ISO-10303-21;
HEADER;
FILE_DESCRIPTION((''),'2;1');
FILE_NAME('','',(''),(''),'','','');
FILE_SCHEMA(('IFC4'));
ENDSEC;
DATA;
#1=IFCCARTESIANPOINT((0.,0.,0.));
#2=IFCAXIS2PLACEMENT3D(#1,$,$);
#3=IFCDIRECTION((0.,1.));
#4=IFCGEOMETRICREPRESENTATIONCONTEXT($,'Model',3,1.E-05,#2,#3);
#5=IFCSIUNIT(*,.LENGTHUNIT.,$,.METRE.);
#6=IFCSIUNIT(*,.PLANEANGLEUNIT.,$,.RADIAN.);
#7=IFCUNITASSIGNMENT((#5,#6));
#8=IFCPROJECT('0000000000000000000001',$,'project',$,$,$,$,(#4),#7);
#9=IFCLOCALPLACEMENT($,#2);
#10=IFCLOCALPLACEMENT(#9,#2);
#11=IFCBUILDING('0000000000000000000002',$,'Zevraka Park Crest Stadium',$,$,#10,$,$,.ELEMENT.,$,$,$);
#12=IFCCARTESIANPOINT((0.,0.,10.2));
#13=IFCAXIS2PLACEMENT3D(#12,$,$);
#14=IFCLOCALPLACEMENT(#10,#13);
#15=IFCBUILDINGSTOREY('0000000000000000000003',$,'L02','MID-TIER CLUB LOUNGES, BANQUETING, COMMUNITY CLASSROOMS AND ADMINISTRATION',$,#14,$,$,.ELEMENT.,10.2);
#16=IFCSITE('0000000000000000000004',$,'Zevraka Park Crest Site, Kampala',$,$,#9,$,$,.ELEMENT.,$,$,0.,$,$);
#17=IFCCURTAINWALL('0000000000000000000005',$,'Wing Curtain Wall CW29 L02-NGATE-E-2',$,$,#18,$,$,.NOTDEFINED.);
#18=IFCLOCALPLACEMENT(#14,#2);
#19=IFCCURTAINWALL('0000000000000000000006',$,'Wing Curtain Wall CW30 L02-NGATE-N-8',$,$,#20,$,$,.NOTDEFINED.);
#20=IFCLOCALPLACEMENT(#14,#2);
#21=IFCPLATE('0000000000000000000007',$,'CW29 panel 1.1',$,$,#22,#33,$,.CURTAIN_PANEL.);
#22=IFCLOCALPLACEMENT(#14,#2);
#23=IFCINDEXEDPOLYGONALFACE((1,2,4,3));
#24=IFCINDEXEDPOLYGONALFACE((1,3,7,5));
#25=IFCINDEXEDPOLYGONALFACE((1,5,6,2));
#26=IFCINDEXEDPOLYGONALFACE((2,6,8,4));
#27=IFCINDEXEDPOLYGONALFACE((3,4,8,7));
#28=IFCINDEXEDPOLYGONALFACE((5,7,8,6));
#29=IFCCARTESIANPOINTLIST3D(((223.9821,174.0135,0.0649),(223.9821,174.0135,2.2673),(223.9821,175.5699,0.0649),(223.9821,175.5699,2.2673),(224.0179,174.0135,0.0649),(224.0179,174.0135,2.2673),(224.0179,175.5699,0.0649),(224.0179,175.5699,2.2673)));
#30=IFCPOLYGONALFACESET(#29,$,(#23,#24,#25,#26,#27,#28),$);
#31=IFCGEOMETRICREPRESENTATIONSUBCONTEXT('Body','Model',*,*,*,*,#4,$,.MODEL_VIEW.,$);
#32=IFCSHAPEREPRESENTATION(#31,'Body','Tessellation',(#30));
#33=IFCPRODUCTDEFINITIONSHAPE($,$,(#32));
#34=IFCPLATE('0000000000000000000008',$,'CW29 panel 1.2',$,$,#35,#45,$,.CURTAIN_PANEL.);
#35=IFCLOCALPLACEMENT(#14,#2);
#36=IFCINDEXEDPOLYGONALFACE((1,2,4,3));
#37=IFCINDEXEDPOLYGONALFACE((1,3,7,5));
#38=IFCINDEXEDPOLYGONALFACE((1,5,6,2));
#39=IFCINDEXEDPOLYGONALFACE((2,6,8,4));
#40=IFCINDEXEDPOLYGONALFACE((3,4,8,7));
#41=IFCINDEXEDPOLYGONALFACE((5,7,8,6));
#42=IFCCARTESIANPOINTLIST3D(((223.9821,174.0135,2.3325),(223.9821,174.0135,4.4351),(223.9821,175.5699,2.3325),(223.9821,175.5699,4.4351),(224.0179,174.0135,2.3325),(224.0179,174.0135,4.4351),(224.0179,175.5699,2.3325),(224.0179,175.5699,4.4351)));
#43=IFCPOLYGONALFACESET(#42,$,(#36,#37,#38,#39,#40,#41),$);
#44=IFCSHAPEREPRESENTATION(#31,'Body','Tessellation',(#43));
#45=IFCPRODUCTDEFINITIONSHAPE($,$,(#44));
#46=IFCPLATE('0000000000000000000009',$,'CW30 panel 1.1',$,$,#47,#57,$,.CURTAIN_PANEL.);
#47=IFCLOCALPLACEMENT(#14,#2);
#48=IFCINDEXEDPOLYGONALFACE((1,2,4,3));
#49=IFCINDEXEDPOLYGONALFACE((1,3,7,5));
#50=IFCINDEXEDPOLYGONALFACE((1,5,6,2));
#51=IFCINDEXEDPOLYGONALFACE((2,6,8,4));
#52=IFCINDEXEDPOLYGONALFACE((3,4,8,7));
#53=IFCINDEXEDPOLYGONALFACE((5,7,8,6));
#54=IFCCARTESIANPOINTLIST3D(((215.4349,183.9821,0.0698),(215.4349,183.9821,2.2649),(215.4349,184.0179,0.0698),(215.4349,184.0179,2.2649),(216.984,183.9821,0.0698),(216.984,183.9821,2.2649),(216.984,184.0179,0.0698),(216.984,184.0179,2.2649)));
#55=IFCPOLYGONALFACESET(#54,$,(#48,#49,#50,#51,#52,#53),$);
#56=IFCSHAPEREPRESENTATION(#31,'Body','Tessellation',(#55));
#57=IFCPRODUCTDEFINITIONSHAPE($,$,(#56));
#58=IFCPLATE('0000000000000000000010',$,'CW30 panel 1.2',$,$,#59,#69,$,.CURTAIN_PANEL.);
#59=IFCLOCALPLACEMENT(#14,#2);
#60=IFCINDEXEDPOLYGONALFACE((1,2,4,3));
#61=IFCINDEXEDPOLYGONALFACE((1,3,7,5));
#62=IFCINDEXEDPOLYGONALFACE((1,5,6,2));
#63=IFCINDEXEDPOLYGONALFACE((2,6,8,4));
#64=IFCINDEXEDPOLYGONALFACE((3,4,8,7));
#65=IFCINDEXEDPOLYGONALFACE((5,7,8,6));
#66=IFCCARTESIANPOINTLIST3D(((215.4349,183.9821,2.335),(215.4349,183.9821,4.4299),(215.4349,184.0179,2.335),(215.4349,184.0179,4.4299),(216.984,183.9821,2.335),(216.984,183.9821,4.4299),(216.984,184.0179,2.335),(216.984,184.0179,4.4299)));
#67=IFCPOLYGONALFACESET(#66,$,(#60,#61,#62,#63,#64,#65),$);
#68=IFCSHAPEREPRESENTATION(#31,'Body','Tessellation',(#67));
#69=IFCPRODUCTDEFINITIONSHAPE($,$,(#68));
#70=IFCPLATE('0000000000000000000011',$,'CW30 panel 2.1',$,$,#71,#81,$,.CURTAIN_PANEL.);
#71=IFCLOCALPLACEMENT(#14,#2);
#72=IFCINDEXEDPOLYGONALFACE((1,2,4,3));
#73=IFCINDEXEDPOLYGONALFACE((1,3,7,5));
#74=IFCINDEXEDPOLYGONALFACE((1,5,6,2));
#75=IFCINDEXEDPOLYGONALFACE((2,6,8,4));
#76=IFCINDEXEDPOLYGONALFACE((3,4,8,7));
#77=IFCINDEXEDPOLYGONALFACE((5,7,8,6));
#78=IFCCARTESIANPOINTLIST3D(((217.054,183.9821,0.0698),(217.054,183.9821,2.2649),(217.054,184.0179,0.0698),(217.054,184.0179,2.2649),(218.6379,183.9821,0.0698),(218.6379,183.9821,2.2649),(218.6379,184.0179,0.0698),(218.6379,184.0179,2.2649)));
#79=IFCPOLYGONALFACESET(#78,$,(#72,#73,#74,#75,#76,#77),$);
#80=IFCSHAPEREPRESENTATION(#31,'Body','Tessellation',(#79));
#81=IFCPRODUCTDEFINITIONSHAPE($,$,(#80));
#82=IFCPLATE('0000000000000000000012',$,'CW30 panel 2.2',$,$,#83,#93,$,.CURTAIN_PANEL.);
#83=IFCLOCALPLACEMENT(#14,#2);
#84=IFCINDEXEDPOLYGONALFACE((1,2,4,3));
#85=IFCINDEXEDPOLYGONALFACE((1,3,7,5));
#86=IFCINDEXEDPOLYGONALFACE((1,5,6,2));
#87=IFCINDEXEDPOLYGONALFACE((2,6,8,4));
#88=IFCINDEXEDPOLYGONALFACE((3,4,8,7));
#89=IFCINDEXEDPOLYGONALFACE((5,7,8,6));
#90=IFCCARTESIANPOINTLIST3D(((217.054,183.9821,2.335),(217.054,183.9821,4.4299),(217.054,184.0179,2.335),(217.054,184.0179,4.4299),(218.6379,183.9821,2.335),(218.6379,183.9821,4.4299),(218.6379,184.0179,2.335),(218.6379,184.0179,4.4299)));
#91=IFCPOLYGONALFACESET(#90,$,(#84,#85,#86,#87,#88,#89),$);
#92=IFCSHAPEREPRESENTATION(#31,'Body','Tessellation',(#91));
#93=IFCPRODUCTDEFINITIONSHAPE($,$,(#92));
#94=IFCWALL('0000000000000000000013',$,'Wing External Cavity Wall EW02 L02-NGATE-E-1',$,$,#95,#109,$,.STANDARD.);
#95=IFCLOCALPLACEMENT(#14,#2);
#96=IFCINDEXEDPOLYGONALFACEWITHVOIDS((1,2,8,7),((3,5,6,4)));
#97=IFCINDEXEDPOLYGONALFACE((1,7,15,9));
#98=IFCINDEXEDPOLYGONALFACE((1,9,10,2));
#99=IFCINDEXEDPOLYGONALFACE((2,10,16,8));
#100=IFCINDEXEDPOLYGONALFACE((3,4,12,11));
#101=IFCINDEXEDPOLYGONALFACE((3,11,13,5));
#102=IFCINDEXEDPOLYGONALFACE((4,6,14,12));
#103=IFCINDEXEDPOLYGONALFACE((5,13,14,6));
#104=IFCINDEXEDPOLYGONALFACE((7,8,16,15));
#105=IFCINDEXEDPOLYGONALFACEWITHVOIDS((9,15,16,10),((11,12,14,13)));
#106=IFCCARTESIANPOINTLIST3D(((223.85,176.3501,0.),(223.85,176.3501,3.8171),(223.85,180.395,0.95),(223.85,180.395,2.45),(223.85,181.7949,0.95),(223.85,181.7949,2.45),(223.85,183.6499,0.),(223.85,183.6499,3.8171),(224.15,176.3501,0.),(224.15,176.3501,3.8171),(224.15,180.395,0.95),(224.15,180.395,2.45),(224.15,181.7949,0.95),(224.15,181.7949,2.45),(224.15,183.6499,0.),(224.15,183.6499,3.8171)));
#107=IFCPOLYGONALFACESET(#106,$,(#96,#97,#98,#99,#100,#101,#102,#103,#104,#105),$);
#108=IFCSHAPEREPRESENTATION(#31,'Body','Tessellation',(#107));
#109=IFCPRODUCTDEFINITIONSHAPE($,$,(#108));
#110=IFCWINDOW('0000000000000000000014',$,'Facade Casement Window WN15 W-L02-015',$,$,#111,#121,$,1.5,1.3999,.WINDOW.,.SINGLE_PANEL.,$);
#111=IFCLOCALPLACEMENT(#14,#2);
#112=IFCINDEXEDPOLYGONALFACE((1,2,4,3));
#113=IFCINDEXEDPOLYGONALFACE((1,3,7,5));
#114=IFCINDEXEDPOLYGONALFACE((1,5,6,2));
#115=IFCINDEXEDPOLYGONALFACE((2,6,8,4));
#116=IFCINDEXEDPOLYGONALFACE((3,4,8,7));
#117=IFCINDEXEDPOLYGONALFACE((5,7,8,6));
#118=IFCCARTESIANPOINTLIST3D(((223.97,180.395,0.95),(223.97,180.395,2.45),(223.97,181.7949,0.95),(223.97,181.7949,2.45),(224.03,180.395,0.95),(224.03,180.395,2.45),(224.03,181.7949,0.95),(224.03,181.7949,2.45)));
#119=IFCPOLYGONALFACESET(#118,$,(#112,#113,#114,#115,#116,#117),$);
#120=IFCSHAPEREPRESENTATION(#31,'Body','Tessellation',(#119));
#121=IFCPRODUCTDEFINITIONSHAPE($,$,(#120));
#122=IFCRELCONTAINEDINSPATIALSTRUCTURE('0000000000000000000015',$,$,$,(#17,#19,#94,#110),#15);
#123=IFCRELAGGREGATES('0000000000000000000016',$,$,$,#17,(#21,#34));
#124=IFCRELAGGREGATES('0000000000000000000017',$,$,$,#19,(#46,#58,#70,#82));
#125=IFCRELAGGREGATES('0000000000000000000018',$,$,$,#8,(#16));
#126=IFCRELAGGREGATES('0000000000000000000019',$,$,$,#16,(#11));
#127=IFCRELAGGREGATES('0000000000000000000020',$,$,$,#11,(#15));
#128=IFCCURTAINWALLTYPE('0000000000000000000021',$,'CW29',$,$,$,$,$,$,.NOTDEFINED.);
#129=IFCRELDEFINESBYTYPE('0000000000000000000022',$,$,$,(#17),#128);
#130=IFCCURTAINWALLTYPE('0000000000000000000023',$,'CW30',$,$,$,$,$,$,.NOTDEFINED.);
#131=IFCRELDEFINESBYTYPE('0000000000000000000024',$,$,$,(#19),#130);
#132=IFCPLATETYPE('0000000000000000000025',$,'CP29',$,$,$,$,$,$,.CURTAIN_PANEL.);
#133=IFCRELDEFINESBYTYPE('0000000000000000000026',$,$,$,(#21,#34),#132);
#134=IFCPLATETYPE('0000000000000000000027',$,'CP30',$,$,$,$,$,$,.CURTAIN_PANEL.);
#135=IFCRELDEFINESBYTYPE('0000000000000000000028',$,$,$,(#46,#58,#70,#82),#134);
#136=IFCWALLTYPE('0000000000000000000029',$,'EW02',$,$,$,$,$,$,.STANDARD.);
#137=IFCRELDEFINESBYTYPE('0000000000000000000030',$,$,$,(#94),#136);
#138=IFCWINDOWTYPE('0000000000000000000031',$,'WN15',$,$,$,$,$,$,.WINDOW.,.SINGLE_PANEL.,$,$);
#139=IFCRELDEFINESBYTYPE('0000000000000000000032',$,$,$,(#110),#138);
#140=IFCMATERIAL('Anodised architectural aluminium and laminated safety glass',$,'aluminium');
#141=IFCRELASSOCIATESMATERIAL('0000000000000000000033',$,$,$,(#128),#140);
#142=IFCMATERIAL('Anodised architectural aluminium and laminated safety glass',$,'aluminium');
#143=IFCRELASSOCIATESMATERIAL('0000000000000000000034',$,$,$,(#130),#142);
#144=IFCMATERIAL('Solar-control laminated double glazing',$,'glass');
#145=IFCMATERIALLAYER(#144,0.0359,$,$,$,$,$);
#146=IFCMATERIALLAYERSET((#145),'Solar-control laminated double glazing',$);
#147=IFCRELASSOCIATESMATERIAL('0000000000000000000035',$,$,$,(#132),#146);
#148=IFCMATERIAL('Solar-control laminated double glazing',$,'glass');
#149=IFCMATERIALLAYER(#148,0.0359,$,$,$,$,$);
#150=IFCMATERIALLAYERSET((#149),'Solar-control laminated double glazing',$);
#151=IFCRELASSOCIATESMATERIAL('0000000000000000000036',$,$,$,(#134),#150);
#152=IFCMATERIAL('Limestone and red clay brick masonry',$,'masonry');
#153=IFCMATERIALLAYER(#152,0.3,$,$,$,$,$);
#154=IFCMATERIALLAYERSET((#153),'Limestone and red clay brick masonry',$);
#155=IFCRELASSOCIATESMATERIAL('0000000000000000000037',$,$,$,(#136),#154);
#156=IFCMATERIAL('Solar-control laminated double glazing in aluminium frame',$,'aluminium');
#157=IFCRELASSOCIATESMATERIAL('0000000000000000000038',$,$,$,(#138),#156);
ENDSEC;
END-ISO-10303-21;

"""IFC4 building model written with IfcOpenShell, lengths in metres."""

from ifc_helpers import new_model, si_unit, direction, frame, frame_2d, origin, origin_2d, place, context, subcontext, project, spatial, rectangle, extrude, material, layer, layer_set, type_object, element, fill, aggregate, save


model = new_model("IFC4")

# Units and contexts
model_context = context("Model", 3, precision=1e-05, world=origin(), true_north=direction((0.0, 1.0)))
body_context = subcontext(model_context, "Body", "Model", "MODEL_VIEW")
ifc_project = project(units=[si_unit("LENGTHUNIT", "METRE"), si_unit("PLANEANGLEUNIT", "RADIAN")], contexts=[model_context])

# Site, building, storey
site_placement = place(None, origin())
site = spatial("IfcSite", under=ifc_project, at=site_placement, Name="Zevraka Park Crest Site, Kampala", CompositionType="ELEMENT", RefElevation=0.0)
building_placement = place(site_placement, origin())
building = spatial("IfcBuilding", under=site, at=building_placement, Name="Zevraka Park Crest Stadium", CompositionType="ELEMENT")
storey_placement = place(building_placement, frame((0.0, 0.0, 10.2)))
storey = spatial("IfcBuildingStorey", under=building, at=storey_placement, Name="L02", Description="MID-TIER CLUB LOUNGES, BANQUETING, COMMUNITY CLASSROOMS AND ADMINISTRATION", CompositionType="ELEMENT", Elevation=10.2)

# Curtain wall
ifc_material_1 = material(Name="Anodised architectural aluminium and laminated safety glass", Category="aluminium")
curtain_wall_type_1 = type_object("IfcCurtainWallType", Name="CW29", PredefinedType="NOTDEFINED", material=ifc_material_1)
curtain_wall_1_placement = place(storey_placement, origin())
curtain_wall_1 = element("IfcCurtainWall", 1, at=curtain_wall_1_placement, inside=storey, type_object=curtain_wall_type_1, Name="Wing Curtain Wall CW29 L02-NGATE-E-2", PredefinedType="NOTDEFINED")

# Curtain wall
ifc_material_2 = material(Name="Anodised architectural aluminium and laminated safety glass", Category="aluminium")
curtain_wall_type_2 = type_object("IfcCurtainWallType", Name="CW30", PredefinedType="NOTDEFINED", material=ifc_material_2)
curtain_wall_2_placement = place(storey_placement, origin())
curtain_wall_2 = element("IfcCurtainWall", 2, at=curtain_wall_2_placement, inside=storey, type_object=curtain_wall_type_2, Name="Wing Curtain Wall CW30 L02-NGATE-N-8", PredefinedType="NOTDEFINED")

# Plates
ifc_material_3 = material(Name="Solar-control laminated double glazing", Category="glass")
ifc_layer_1 = layer(ifc_material_3, 0.0359)
ifc_layer_set_1 = layer_set([ifc_layer_1], Name="Solar-control laminated double glazing")
plate_type_1 = type_object("IfcPlateType", Name="CP29", PredefinedType="CURTAIN_PANEL", material=ifc_layer_set_1)
plate_1_placement = place(storey_placement, frame((224.0, 174.7917, 0.0649), z_axis=(0.0, 0.0, 1.0), x_axis=(0.0, -1.0, 0.0)))
plate_1 = element("IfcPlate", 3, at=plate_1_placement, type_object=plate_type_1, Name="CW29 panel 1.1", PredefinedType="CURTAIN_PANEL", context=body_context, shape_type="SweptSolid", body=[
    extrude(rectangle(XDim=1.5564, YDim=0.0359, at=origin_2d()), origin(), (0.0, 0.0, 1.0), 2.2024),
])
plate_2_placement = place(storey_placement, frame((224.0, 174.7917, 2.3325), z_axis=(0.0, 0.0, 1.0), x_axis=(0.0, -1.0, 0.0)))
plate_2 = element("IfcPlate", 4, at=plate_2_placement, type_object=plate_type_1, Name="CW29 panel 1.2", PredefinedType="CURTAIN_PANEL", context=body_context, shape_type="SweptSolid", body=[
    extrude(rectangle(XDim=1.5564, YDim=0.0359, at=origin_2d()), origin(), (0.0, 0.0, 1.0), 2.1025),
])
aggregate(curtain_wall_1, [plate_1, plate_2])
ifc_material_4 = material(Name="Solar-control laminated double glazing", Category="glass")
ifc_layer_2 = layer(ifc_material_4, 0.0359)
ifc_layer_set_2 = layer_set([ifc_layer_2], Name="Solar-control laminated double glazing")
plate_type_2 = type_object("IfcPlateType", Name="CP30", PredefinedType="CURTAIN_PANEL", material=ifc_layer_set_2)
plate_3_placement = place(storey_placement, frame((216.2095, 184.0, 0.0698), z_axis=(0.0, 0.0, 1.0), x_axis=(1.0, 0.0, 0.0)))
plate_3 = element("IfcPlate", 5, at=plate_3_placement, type_object=plate_type_2, Name="CW30 panel 1.1", PredefinedType="CURTAIN_PANEL", context=body_context, shape_type="SweptSolid", body=[
    extrude(rectangle(XDim=1.5491, YDim=0.0359, at=origin_2d()), origin(), (0.0, 0.0, 1.0), 2.1951),
])
plate_4_placement = place(storey_placement, frame((216.2095, 184.0, 2.335), z_axis=(0.0, 0.0, 1.0), x_axis=(1.0, 0.0, 0.0)))
plate_4 = element("IfcPlate", 6, at=plate_4_placement, type_object=plate_type_2, Name="CW30 panel 1.2", PredefinedType="CURTAIN_PANEL", context=body_context, shape_type="SweptSolid", body=[
    extrude(rectangle(XDim=1.5491, YDim=0.0359, at=origin_2d()), origin(), (0.0, 0.0, 1.0), 2.095),
])
plate_5_placement = place(storey_placement, frame((217.8459, 184.0, 0.0698), z_axis=(0.0, 0.0, 1.0), x_axis=(1.0, 0.0, 0.0)))
plate_5 = element("IfcPlate", 7, at=plate_5_placement, type_object=plate_type_2, Name="CW30 panel 2.1", PredefinedType="CURTAIN_PANEL", context=body_context, shape_type="SweptSolid", body=[
    extrude(rectangle(XDim=1.584, YDim=0.0359, at=origin_2d()), origin(), (0.0, 0.0, 1.0), 2.1951),
])
plate_6_placement = place(storey_placement, frame((217.8459, 184.0, 2.335), z_axis=(0.0, 0.0, 1.0), x_axis=(1.0, 0.0, 0.0)))
plate_6 = element("IfcPlate", 8, at=plate_6_placement, type_object=plate_type_2, Name="CW30 panel 2.2", PredefinedType="CURTAIN_PANEL", context=body_context, shape_type="SweptSolid", body=[
    extrude(rectangle(XDim=1.584, YDim=0.0359, at=origin_2d()), origin(), (0.0, 0.0, 1.0), 2.095),
])
aggregate(curtain_wall_2, [plate_3, plate_4, plate_5, plate_6])

# Wall, opening, window
ifc_material_5 = material(Name="Limestone and red clay brick masonry", Category="masonry")
ifc_layer_3 = layer(ifc_material_5, 0.3)
ifc_layer_set_3 = layer_set([ifc_layer_3], Name="Limestone and red clay brick masonry")
wall_type = type_object("IfcWallType", Name="EW02", PredefinedType="STANDARD", material=ifc_layer_set_3)
wall_placement = place(storey_placement, frame((224.0, 183.6499, 0.0), z_axis=(0.0, 0.0, 1.0), x_axis=(0.0, -1.0, 0.0)))
wall = element("IfcWall", 9, at=wall_placement, inside=storey, type_object=wall_type, Name="Wing External Cavity Wall EW02 L02-NGATE-E-1", PredefinedType="STANDARD", context=body_context, shape_type="SweptSolid", body=[
    extrude(rectangle(XDim=7.2998, YDim=0.3, at=frame_2d((3.6499, 0.0))), origin(), (0.0, 0.0, 1.0), 3.8171),
])
opening_placement = place(wall_placement, frame((1.855, 0.0, 0.95)))
opening = element("IfcOpeningElement", 10, at=opening_placement, cuts=wall, PredefinedType="OPENING", context=body_context, shape_type="SweptSolid", body=[
    extrude(rectangle(XDim=1.3999, YDim=1.5, at=frame_2d((0.7, 0.75))), frame((0.0, 0.1599, 0.0), z_axis=(0.0, -1.0, 0.0), x_axis=(1.0, 0.0, 0.0)), (0.0, 0.0, 1.0), 0.3201),
])
ifc_material_6 = material(Name="Solar-control laminated double glazing in aluminium frame", Category="aluminium")
window_type = type_object("IfcWindowType", Name="WN15", PartitioningType="SINGLE_PANEL", PredefinedType="WINDOW", material=ifc_material_6)
window_placement = place(opening_placement, origin())
window = element("IfcWindow", 11, at=window_placement, inside=storey, type_object=window_type, Name="Facade Casement Window WN15 W-L02-015", OverallHeight=1.5, OverallWidth=1.3999, PartitioningType="SINGLE_PANEL", PredefinedType="WINDOW", context=body_context, shape_type="SweptSolid", body=[
    extrude(rectangle(XDim=1.3999, YDim=1.5, at=frame_2d((0.7, 0.75))), frame((0.0, 0.03, 0.0), z_axis=(0.0, -1.0, 0.0), x_axis=(1.0, 0.0, 0.0)), (0.0, 0.0, 1.0), 0.0601),
])
fill(opening, window)

save(model, "model.ifc")
